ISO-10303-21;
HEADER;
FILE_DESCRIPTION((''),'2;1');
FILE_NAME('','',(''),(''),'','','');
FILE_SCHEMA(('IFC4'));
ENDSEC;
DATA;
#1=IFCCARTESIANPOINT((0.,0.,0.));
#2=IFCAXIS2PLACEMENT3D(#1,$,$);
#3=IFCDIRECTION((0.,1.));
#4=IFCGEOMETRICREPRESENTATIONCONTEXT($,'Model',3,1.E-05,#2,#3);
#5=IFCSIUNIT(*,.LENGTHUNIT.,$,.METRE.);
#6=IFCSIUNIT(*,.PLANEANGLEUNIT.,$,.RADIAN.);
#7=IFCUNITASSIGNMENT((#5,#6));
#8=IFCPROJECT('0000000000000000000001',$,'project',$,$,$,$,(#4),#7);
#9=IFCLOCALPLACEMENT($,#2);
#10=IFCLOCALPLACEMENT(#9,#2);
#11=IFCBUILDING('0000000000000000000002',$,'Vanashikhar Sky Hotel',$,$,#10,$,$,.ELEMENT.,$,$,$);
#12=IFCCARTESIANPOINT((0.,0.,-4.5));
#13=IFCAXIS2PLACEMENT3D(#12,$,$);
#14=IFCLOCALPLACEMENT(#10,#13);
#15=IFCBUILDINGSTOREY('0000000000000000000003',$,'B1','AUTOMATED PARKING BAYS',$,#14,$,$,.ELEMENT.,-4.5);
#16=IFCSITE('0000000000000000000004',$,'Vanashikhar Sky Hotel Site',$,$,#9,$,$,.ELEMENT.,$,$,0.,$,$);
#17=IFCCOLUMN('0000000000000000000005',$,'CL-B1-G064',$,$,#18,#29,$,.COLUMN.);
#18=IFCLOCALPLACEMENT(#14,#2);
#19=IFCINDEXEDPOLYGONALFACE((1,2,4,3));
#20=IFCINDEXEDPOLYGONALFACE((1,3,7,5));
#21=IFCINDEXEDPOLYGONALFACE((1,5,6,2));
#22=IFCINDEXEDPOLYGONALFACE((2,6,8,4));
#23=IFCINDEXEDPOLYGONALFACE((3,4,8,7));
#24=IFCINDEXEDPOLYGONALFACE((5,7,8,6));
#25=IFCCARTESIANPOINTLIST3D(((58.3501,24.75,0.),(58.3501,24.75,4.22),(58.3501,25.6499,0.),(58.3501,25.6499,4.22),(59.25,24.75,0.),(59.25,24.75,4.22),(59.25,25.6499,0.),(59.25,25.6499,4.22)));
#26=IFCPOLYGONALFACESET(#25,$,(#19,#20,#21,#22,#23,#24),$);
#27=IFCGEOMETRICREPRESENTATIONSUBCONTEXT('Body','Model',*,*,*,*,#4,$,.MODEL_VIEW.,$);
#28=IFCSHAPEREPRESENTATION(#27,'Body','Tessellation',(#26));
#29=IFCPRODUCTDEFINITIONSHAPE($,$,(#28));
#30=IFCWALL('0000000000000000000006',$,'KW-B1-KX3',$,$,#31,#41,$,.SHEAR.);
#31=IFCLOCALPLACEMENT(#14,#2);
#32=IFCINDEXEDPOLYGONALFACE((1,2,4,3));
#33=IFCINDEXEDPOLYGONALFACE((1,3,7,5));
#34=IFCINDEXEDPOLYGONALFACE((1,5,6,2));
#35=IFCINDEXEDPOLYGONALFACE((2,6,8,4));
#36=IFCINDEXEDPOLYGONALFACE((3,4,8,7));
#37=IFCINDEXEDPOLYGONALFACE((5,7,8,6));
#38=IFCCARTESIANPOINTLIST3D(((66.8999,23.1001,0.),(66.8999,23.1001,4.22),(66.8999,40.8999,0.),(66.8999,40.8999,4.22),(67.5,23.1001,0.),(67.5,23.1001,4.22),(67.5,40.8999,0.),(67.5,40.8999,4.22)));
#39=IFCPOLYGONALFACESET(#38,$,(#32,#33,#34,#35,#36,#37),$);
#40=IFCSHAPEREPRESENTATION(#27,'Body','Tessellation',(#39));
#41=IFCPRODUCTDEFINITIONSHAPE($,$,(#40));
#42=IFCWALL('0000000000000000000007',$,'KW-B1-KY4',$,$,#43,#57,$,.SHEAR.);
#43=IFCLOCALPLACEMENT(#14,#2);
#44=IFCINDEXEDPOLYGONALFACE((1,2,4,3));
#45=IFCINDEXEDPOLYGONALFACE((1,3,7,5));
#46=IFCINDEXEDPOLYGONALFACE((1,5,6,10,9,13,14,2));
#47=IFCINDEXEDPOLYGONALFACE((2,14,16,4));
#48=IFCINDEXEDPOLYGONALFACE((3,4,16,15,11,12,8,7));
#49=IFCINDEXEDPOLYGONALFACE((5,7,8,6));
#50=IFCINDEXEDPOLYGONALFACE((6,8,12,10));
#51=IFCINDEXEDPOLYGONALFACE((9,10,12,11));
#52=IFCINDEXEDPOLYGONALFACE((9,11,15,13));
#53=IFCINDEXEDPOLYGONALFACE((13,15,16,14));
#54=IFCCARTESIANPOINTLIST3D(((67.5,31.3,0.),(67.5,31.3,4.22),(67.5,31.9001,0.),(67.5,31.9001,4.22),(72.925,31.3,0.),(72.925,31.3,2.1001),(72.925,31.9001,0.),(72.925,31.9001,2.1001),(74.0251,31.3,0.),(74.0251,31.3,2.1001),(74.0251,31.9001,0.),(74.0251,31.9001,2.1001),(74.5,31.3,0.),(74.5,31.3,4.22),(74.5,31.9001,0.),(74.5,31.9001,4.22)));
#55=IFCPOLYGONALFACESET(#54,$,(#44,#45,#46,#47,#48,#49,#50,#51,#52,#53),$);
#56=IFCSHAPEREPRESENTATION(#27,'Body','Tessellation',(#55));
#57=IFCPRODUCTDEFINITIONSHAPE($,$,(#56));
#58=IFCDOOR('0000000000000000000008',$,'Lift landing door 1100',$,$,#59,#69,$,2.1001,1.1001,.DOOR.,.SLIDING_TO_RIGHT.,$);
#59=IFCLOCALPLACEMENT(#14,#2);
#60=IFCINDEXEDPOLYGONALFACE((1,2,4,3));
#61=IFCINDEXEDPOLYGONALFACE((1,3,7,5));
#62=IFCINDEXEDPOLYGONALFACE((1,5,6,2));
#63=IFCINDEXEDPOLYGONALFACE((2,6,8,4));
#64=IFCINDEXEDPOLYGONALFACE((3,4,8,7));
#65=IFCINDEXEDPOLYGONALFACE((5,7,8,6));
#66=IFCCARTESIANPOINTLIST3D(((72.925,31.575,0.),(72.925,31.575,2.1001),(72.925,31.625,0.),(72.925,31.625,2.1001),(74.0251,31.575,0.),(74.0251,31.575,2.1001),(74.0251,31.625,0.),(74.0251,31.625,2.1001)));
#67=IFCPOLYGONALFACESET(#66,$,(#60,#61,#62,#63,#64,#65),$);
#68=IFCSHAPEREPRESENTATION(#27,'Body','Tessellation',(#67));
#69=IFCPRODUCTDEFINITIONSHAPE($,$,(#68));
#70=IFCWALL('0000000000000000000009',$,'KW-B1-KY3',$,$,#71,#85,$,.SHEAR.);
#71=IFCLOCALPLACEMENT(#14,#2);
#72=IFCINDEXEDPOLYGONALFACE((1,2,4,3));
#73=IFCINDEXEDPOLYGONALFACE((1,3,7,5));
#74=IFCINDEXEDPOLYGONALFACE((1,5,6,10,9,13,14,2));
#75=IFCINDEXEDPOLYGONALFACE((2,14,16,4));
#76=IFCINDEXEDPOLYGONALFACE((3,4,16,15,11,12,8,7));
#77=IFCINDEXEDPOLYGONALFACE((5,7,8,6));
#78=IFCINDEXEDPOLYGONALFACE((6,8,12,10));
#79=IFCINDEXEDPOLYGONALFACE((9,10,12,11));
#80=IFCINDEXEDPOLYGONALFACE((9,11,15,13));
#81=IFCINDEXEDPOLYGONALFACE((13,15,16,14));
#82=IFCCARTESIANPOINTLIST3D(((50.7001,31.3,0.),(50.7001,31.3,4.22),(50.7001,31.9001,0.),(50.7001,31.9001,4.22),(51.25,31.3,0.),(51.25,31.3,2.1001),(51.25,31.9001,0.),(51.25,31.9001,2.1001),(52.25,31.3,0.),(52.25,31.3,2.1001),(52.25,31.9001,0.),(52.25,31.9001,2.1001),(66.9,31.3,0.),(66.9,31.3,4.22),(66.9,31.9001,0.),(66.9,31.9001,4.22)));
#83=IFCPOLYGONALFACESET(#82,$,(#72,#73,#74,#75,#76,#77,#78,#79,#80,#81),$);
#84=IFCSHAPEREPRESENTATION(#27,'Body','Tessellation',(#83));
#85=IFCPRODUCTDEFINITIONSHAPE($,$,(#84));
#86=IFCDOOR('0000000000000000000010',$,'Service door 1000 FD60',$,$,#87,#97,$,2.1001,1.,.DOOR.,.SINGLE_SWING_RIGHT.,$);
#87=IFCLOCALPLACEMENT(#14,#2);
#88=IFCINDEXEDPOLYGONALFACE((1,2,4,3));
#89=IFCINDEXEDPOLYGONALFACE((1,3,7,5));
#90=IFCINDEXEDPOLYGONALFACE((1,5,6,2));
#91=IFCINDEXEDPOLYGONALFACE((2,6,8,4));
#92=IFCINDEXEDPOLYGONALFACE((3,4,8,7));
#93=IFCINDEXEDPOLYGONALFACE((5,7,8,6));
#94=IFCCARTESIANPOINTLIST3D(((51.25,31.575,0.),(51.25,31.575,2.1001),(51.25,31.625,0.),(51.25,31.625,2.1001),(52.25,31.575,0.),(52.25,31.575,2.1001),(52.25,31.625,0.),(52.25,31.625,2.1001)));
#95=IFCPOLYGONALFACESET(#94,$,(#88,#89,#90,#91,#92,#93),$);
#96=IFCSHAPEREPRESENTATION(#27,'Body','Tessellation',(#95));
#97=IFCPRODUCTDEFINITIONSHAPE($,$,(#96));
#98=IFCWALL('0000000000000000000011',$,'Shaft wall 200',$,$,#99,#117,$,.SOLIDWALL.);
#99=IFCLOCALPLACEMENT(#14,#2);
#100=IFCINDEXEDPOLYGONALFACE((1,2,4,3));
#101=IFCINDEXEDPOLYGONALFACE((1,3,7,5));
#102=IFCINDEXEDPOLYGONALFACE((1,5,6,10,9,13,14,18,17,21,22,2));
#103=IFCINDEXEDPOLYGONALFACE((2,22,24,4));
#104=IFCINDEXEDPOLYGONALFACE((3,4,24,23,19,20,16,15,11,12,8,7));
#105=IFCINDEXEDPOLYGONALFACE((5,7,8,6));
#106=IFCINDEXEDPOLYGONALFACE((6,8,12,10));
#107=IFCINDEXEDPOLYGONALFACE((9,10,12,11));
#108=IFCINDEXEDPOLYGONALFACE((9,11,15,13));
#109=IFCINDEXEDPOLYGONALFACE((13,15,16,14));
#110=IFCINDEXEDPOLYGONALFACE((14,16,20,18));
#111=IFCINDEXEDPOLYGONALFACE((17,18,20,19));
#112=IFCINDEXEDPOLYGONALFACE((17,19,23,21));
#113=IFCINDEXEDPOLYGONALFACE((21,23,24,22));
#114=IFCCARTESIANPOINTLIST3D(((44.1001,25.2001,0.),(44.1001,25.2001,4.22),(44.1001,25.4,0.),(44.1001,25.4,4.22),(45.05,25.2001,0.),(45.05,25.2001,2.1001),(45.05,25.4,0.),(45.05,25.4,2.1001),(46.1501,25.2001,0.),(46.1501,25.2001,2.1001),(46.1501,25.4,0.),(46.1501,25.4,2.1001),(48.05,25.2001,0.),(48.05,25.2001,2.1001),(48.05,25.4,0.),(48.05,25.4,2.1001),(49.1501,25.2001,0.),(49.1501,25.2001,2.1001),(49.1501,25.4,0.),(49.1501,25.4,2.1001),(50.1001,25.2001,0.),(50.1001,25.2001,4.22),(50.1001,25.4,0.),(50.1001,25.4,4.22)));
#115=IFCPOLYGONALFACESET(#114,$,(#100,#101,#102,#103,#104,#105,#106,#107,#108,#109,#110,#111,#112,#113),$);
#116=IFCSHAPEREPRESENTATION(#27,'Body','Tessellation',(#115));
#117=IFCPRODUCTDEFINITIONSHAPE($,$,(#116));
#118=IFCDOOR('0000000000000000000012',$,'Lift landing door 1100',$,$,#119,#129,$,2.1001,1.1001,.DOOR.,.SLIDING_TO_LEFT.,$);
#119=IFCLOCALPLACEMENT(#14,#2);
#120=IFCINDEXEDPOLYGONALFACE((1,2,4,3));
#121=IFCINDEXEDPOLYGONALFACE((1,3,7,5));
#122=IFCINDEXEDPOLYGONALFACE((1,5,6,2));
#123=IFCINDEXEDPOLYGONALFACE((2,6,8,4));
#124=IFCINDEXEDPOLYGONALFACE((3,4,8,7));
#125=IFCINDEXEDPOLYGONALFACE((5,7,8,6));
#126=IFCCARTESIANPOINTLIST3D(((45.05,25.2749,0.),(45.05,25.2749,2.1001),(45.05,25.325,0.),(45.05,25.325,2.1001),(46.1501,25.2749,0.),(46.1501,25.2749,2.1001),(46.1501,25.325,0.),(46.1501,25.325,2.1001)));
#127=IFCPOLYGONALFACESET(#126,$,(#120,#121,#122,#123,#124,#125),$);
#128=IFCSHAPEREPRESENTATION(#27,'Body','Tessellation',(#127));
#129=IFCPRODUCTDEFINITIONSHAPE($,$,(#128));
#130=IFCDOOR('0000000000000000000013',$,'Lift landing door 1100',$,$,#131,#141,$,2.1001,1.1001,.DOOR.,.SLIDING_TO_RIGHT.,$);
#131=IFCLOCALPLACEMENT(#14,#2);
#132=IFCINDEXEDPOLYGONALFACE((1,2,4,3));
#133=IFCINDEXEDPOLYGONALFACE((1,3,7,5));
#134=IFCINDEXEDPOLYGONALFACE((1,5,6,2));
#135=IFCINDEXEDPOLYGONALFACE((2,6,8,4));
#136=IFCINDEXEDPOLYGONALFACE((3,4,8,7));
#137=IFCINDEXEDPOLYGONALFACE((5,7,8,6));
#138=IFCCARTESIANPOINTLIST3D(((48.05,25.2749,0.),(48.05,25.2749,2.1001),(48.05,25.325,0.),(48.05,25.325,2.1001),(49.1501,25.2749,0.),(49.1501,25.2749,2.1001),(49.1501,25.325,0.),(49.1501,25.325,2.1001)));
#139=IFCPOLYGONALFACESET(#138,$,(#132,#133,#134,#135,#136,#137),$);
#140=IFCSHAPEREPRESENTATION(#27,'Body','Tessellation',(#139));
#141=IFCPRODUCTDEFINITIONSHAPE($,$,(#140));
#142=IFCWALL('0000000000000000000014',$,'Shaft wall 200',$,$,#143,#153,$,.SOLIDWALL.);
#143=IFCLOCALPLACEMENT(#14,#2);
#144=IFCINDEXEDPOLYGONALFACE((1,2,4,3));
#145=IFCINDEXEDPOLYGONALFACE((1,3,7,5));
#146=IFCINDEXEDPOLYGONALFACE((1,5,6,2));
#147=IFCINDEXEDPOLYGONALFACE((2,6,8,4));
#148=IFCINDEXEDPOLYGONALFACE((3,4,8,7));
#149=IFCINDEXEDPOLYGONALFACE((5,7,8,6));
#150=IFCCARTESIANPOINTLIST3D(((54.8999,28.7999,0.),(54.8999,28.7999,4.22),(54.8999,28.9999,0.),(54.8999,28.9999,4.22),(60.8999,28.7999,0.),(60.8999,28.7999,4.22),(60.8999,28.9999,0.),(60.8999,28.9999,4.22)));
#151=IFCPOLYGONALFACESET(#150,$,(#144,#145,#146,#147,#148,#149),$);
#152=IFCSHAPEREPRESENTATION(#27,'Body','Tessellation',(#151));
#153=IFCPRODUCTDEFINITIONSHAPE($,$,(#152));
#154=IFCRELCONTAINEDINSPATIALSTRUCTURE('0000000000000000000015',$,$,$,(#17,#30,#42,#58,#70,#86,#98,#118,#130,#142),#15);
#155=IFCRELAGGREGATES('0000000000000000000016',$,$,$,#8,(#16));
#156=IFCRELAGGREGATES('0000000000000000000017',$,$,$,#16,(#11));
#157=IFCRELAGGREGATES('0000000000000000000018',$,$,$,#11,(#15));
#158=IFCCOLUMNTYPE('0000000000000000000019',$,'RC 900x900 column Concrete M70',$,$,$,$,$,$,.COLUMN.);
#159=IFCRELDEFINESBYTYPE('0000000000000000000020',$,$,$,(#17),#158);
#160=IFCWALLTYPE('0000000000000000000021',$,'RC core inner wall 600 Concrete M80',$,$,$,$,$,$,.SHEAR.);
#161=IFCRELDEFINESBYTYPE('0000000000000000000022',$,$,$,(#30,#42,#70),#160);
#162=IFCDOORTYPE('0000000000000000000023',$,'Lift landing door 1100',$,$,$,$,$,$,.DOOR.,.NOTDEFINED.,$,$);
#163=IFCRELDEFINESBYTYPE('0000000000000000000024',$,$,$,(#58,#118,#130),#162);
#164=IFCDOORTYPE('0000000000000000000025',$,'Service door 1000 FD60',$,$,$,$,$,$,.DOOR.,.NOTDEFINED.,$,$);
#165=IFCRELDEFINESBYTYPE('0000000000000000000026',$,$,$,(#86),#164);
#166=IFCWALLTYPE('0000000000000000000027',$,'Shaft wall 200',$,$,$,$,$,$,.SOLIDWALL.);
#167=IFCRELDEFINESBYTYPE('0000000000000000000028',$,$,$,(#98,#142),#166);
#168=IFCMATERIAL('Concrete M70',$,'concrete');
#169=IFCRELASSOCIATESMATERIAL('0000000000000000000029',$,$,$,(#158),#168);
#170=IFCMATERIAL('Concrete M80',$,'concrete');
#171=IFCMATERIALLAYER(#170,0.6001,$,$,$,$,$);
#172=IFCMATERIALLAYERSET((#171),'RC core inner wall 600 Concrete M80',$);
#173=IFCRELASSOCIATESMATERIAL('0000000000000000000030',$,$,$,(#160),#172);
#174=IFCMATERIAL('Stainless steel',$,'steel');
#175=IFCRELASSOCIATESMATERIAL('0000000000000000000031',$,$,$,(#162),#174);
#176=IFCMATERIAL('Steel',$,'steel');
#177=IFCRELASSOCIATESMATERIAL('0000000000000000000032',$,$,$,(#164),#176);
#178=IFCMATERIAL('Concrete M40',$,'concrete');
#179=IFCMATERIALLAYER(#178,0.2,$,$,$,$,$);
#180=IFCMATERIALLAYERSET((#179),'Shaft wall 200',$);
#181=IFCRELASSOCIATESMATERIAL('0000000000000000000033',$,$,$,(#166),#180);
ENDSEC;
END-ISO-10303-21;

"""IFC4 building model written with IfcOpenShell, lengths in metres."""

from ifc_helpers import new_model, si_unit, direction, frame, frame_2d, origin, origin_2d, place, context, subcontext, project, spatial, rectangle, extrude, source, transform, mapped, material, layer, layer_set, material_profile, profile_set, type_object, element, fill, save


model = new_model("IFC4")

# Units and contexts
model_context = context("Model", 3, precision=1e-05, world=origin(), true_north=direction((0.0, 1.0)))
body_context = subcontext(model_context, "Body", "Model", "MODEL_VIEW")
ifc_project = project(units=[si_unit("LENGTHUNIT", "METRE"), si_unit("PLANEANGLEUNIT", "RADIAN")], contexts=[model_context])

# Site, building, storey
site_placement = place(None, origin())
site = spatial("IfcSite", under=ifc_project, at=site_placement, Name="Vanashikhar Sky Hotel Site", CompositionType="ELEMENT", RefElevation=0.0)
building_placement = place(site_placement, origin())
building = spatial("IfcBuilding", under=site, at=building_placement, Name="Vanashikhar Sky Hotel", CompositionType="ELEMENT")
storey_placement = place(building_placement, frame((0.0, 0.0, -4.5)))
storey = spatial("IfcBuildingStorey", under=building, at=storey_placement, Name="B1", Description="AUTOMATED PARKING BAYS", CompositionType="ELEMENT", Elevation=-4.5)

# Column
ifc_material_1 = material(Name="Concrete M70", Category="concrete")
ifc_material_profile = material_profile(ifc_material_1, rectangle(XDim=0.8999, YDim=0.8999, at=origin_2d()))
ifc_profile_set = profile_set([ifc_material_profile], Name="RC 900x900 column Concrete M70")
column_type = type_object("IfcColumnType", Name="RC 900x900 column Concrete M70", PredefinedType="COLUMN", material=ifc_profile_set)
shared_shape_1 = source(origin(), body_context, "Body", "SweptSolid", [
    extrude(rectangle(XDim=0.8999, YDim=0.8999, at=origin_2d()), origin(), (0.0, 0.0, 1.0), 4.22),
])
column_placement = place(storey_placement, frame((58.8, 25.2, 0.0), z_axis=(0.0, 0.0, 1.0), x_axis=(1.0, 0.0, 0.0)))
element("IfcColumn", 1, at=column_placement, inside=storey, type_object=column_type, Name="CL-B1-G064", PredefinedType="COLUMN", context=body_context, shape_type="MappedRepresentation", body=[
    mapped(shared_shape_1, transform((0.0, 0.0, 0.0), scale=1.0)),
])

# Wall
ifc_material_2 = material(Name="Concrete M80", Category="concrete")
ifc_layer_1 = layer(ifc_material_2, 0.6001)
ifc_layer_set_1 = layer_set([ifc_layer_1], Name="RC core inner wall 600 Concrete M80")
wall_type_1 = type_object("IfcWallType", Name="RC core inner wall 600 Concrete M80", PredefinedType="SHEAR", material=ifc_layer_set_1)
shared_shape_2 = source(origin(), body_context, "Body", "SweptSolid", [
    extrude(rectangle(XDim=17.7998, YDim=0.6001, at=frame_2d((8.8999, 0.0))), origin(), (0.0, 0.0, 1.0), 4.22),
])
wall_1_placement = place(storey_placement, frame((67.2, 23.1001, 0.0), z_axis=(0.0, 0.0, 1.0), x_axis=(0.0, 1.0, 0.0)))
element("IfcWall", 2, at=wall_1_placement, inside=storey, type_object=wall_type_1, Name="KW-B1-KX3", PredefinedType="SHEAR", context=body_context, shape_type="MappedRepresentation", body=[
    mapped(shared_shape_2, transform((0.0, 0.0, 0.0), scale=1.0)),
])

# Walls, openings, doors
shared_shape_3 = source(origin(), body_context, "Body", "SweptSolid", [
    extrude(rectangle(XDim=7.0, YDim=0.6001, at=frame_2d((3.5, 0.0))), origin(), (0.0, 0.0, 1.0), 4.22),
])
wall_2_placement = place(storey_placement, frame((67.5, 31.6001, 0.0), z_axis=(0.0, 0.0, 1.0), x_axis=(1.0, 0.0, 0.0)))
wall_2 = element("IfcWall", 3, at=wall_2_placement, inside=storey, type_object=wall_type_1, Name="KW-B1-KY4", PredefinedType="SHEAR", context=body_context, shape_type="MappedRepresentation", body=[
    mapped(shared_shape_3, transform((0.0, 0.0, 0.0), scale=1.0)),
])
shared_shape_4 = source(origin(), body_context, "Body", "SweptSolid", [
    extrude(rectangle(XDim=1.1001, YDim=2.1001, at=frame_2d((0.55, 1.05))), frame((0.0, 0.3101, 0.0), z_axis=(0.0, -1.0, 0.0), x_axis=(1.0, 0.0, 0.0)), (0.0, 0.0, 1.0), 0.6201),
])
opening_1_placement = place(wall_2_placement, frame((5.425, 0.0, 0.0)))
opening_1 = element("IfcOpeningElement", 4, at=opening_1_placement, cuts=wall_2, PredefinedType="OPENING", context=body_context, shape_type="MappedRepresentation", body=[
    mapped(shared_shape_4, transform((0.0, 0.0, 0.0), scale=1.0)),
])
ifc_material_3 = material(Name="Stainless steel", Category="steel")
door_type_1 = type_object("IfcDoorType", Name="Lift landing door 1100", OperationType="NOTDEFINED", PredefinedType="DOOR", material=ifc_material_3)
shared_shape_5 = source(origin(), body_context, "Body", "SweptSolid", [
    extrude(rectangle(XDim=1.1001, YDim=2.1001, at=frame_2d((0.55, 1.05))), frame((0.0, 0.0249, 0.0), z_axis=(0.0, -1.0, 0.0), x_axis=(1.0, 0.0, 0.0)), (0.0, 0.0, 1.0), 0.05),
])
door_1_placement = place(opening_1_placement, origin())
door_1 = element("IfcDoor", 5, at=door_1_placement, inside=storey, type_object=door_type_1, Name="Lift landing door 1100", OperationType="SLIDING_TO_RIGHT", OverallHeight=2.1001, OverallWidth=1.1001, PredefinedType="DOOR", context=body_context, shape_type="MappedRepresentation", body=[
    mapped(shared_shape_5, transform((0.0, 0.0, 0.0), scale=1.0)),
])
fill(opening_1, door_1)
shared_shape_6 = source(origin(), body_context, "Body", "SweptSolid", [
    extrude(rectangle(XDim=16.2, YDim=0.6001, at=frame_2d((8.1001, 0.0))), origin(), (0.0, 0.0, 1.0), 4.22),
])
wall_3_placement = place(storey_placement, frame((50.7, 31.6001, 0.0), z_axis=(0.0, 0.0, 1.0), x_axis=(1.0, 0.0, 0.0)))
wall_3 = element("IfcWall", 6, at=wall_3_placement, inside=storey, type_object=wall_type_1, Name="KW-B1-KY3", PredefinedType="SHEAR", context=body_context, shape_type="MappedRepresentation", body=[
    mapped(shared_shape_6, transform((0.0, 0.0, 0.0), scale=1.0)),
])
shared_shape_7 = source(origin(), body_context, "Body", "SweptSolid", [
    extrude(rectangle(XDim=1.0, YDim=2.1001, at=frame_2d((0.5, 1.05))), frame((0.0, 0.3101, 0.0), z_axis=(0.0, -1.0, 0.0), x_axis=(1.0, 0.0, 0.0)), (0.0, 0.0, 1.0), 0.6201),
])
opening_2_placement = place(wall_3_placement, frame((0.55, 0.0, 0.0)))
opening_2 = element("IfcOpeningElement", 7, at=opening_2_placement, cuts=wall_3, PredefinedType="OPENING", context=body_context, shape_type="MappedRepresentation", body=[
    mapped(shared_shape_7, transform((0.0, 0.0, 0.0), scale=1.0)),
])
ifc_material_4 = material(Name="Steel", Category="steel")
door_type_2 = type_object("IfcDoorType", Name="Service door 1000 FD60", OperationType="NOTDEFINED", PredefinedType="DOOR", material=ifc_material_4)
shared_shape_8 = source(origin(), body_context, "Body", "SweptSolid", [
    extrude(rectangle(XDim=1.0, YDim=2.1001, at=frame_2d((0.5, 1.05))), frame((0.0, 0.0249, 0.0), z_axis=(0.0, -1.0, 0.0), x_axis=(1.0, 0.0, 0.0)), (0.0, 0.0, 1.0), 0.05),
])
door_2_placement = place(opening_2_placement, origin())
door_2 = element("IfcDoor", 8, at=door_2_placement, inside=storey, type_object=door_type_2, Name="Service door 1000 FD60", OperationType="SINGLE_SWING_RIGHT", OverallHeight=2.1001, OverallWidth=1.0, PredefinedType="DOOR", context=body_context, shape_type="MappedRepresentation", body=[
    mapped(shared_shape_8, transform((0.0, 0.0, 0.0), scale=1.0)),
])
fill(opening_2, door_2)

# Wall, openings, doors
ifc_material_5 = material(Name="Concrete M40", Category="concrete")
ifc_layer_2 = layer(ifc_material_5, 0.2)
ifc_layer_set_2 = layer_set([ifc_layer_2], Name="Shaft wall 200")
wall_type_2 = type_object("IfcWallType", Name="Shaft wall 200", PredefinedType="SOLIDWALL", material=ifc_layer_set_2)
shared_shape_9 = source(origin(), body_context, "Body", "SweptSolid", [
    extrude(rectangle(XDim=6.0, YDim=0.2, at=frame_2d((3.0, 0.0))), origin(), (0.0, 0.0, 1.0), 4.22),
])
wall_4_placement = place(storey_placement, frame((44.1001, 25.3, 0.0), z_axis=(0.0, 0.0, 1.0), x_axis=(1.0, 0.0, 0.0)))
wall_4 = element("IfcWall", 9, at=wall_4_placement, inside=storey, type_object=wall_type_2, Name="Shaft wall 200", PredefinedType="SOLIDWALL", context=body_context, shape_type="MappedRepresentation", body=[
    mapped(shared_shape_9, transform((0.0, 0.0, 0.0), scale=1.0)),
])
shared_shape_10 = source(origin(), body_context, "Body", "SweptSolid", [
    extrude(rectangle(XDim=1.1001, YDim=2.1001, at=frame_2d((0.55, 1.05))), frame((0.0, 0.1099, 0.0), z_axis=(0.0, -1.0, 0.0), x_axis=(1.0, 0.0, 0.0)), (0.0, 0.0, 1.0), 0.22),
])
opening_3_placement = place(wall_4_placement, frame((0.95, 0.0, 0.0)))
opening_3 = element("IfcOpeningElement", 10, at=opening_3_placement, cuts=wall_4, PredefinedType="OPENING", context=body_context, shape_type="MappedRepresentation", body=[
    mapped(shared_shape_10, transform((0.0, 0.0, 0.0), scale=1.0)),
])
opening_4_placement = place(wall_4_placement, frame((3.95, 0.0, 0.0)))
opening_4 = element("IfcOpeningElement", 11, at=opening_4_placement, cuts=wall_4, PredefinedType="OPENING", context=body_context, shape_type="MappedRepresentation", body=[
    mapped(shared_shape_10, transform((0.0, 0.0, 0.0), scale=1.0)),
])
door_3_placement = place(opening_3_placement, origin())
door_3 = element("IfcDoor", 12, at=door_3_placement, inside=storey, type_object=door_type_1, Name="Lift landing door 1100", OperationType="SLIDING_TO_LEFT", OverallHeight=2.1001, OverallWidth=1.1001, PredefinedType="DOOR", context=body_context, shape_type="MappedRepresentation", body=[
    mapped(shared_shape_5, transform((0.0, 0.0, 0.0), scale=1.0)),
])
fill(opening_3, door_3)
door_4_placement = place(opening_4_placement, origin())
door_4 = element("IfcDoor", 13, at=door_4_placement, inside=storey, type_object=door_type_1, Name="Lift landing door 1100", OperationType="SLIDING_TO_RIGHT", OverallHeight=2.1001, OverallWidth=1.1001, PredefinedType="DOOR", context=body_context, shape_type="MappedRepresentation", body=[
    mapped(shared_shape_5, transform((0.0, 0.0, 0.0), scale=1.0)),
])
fill(opening_4, door_4)

# Wall
wall_5_placement = place(storey_placement, frame((60.8999, 28.8999, 0.0), z_axis=(0.0, 0.0, 1.0), x_axis=(-1.0, 0.0, 0.0)))
element("IfcWall", 14, at=wall_5_placement, inside=storey, type_object=wall_type_2, Name="Shaft wall 200", PredefinedType="SOLIDWALL", context=body_context, shape_type="MappedRepresentation", body=[
    mapped(shared_shape_9, transform((0.0, 0.0, 0.0), scale=1.0)),
])

save(model, "model.ifc")
